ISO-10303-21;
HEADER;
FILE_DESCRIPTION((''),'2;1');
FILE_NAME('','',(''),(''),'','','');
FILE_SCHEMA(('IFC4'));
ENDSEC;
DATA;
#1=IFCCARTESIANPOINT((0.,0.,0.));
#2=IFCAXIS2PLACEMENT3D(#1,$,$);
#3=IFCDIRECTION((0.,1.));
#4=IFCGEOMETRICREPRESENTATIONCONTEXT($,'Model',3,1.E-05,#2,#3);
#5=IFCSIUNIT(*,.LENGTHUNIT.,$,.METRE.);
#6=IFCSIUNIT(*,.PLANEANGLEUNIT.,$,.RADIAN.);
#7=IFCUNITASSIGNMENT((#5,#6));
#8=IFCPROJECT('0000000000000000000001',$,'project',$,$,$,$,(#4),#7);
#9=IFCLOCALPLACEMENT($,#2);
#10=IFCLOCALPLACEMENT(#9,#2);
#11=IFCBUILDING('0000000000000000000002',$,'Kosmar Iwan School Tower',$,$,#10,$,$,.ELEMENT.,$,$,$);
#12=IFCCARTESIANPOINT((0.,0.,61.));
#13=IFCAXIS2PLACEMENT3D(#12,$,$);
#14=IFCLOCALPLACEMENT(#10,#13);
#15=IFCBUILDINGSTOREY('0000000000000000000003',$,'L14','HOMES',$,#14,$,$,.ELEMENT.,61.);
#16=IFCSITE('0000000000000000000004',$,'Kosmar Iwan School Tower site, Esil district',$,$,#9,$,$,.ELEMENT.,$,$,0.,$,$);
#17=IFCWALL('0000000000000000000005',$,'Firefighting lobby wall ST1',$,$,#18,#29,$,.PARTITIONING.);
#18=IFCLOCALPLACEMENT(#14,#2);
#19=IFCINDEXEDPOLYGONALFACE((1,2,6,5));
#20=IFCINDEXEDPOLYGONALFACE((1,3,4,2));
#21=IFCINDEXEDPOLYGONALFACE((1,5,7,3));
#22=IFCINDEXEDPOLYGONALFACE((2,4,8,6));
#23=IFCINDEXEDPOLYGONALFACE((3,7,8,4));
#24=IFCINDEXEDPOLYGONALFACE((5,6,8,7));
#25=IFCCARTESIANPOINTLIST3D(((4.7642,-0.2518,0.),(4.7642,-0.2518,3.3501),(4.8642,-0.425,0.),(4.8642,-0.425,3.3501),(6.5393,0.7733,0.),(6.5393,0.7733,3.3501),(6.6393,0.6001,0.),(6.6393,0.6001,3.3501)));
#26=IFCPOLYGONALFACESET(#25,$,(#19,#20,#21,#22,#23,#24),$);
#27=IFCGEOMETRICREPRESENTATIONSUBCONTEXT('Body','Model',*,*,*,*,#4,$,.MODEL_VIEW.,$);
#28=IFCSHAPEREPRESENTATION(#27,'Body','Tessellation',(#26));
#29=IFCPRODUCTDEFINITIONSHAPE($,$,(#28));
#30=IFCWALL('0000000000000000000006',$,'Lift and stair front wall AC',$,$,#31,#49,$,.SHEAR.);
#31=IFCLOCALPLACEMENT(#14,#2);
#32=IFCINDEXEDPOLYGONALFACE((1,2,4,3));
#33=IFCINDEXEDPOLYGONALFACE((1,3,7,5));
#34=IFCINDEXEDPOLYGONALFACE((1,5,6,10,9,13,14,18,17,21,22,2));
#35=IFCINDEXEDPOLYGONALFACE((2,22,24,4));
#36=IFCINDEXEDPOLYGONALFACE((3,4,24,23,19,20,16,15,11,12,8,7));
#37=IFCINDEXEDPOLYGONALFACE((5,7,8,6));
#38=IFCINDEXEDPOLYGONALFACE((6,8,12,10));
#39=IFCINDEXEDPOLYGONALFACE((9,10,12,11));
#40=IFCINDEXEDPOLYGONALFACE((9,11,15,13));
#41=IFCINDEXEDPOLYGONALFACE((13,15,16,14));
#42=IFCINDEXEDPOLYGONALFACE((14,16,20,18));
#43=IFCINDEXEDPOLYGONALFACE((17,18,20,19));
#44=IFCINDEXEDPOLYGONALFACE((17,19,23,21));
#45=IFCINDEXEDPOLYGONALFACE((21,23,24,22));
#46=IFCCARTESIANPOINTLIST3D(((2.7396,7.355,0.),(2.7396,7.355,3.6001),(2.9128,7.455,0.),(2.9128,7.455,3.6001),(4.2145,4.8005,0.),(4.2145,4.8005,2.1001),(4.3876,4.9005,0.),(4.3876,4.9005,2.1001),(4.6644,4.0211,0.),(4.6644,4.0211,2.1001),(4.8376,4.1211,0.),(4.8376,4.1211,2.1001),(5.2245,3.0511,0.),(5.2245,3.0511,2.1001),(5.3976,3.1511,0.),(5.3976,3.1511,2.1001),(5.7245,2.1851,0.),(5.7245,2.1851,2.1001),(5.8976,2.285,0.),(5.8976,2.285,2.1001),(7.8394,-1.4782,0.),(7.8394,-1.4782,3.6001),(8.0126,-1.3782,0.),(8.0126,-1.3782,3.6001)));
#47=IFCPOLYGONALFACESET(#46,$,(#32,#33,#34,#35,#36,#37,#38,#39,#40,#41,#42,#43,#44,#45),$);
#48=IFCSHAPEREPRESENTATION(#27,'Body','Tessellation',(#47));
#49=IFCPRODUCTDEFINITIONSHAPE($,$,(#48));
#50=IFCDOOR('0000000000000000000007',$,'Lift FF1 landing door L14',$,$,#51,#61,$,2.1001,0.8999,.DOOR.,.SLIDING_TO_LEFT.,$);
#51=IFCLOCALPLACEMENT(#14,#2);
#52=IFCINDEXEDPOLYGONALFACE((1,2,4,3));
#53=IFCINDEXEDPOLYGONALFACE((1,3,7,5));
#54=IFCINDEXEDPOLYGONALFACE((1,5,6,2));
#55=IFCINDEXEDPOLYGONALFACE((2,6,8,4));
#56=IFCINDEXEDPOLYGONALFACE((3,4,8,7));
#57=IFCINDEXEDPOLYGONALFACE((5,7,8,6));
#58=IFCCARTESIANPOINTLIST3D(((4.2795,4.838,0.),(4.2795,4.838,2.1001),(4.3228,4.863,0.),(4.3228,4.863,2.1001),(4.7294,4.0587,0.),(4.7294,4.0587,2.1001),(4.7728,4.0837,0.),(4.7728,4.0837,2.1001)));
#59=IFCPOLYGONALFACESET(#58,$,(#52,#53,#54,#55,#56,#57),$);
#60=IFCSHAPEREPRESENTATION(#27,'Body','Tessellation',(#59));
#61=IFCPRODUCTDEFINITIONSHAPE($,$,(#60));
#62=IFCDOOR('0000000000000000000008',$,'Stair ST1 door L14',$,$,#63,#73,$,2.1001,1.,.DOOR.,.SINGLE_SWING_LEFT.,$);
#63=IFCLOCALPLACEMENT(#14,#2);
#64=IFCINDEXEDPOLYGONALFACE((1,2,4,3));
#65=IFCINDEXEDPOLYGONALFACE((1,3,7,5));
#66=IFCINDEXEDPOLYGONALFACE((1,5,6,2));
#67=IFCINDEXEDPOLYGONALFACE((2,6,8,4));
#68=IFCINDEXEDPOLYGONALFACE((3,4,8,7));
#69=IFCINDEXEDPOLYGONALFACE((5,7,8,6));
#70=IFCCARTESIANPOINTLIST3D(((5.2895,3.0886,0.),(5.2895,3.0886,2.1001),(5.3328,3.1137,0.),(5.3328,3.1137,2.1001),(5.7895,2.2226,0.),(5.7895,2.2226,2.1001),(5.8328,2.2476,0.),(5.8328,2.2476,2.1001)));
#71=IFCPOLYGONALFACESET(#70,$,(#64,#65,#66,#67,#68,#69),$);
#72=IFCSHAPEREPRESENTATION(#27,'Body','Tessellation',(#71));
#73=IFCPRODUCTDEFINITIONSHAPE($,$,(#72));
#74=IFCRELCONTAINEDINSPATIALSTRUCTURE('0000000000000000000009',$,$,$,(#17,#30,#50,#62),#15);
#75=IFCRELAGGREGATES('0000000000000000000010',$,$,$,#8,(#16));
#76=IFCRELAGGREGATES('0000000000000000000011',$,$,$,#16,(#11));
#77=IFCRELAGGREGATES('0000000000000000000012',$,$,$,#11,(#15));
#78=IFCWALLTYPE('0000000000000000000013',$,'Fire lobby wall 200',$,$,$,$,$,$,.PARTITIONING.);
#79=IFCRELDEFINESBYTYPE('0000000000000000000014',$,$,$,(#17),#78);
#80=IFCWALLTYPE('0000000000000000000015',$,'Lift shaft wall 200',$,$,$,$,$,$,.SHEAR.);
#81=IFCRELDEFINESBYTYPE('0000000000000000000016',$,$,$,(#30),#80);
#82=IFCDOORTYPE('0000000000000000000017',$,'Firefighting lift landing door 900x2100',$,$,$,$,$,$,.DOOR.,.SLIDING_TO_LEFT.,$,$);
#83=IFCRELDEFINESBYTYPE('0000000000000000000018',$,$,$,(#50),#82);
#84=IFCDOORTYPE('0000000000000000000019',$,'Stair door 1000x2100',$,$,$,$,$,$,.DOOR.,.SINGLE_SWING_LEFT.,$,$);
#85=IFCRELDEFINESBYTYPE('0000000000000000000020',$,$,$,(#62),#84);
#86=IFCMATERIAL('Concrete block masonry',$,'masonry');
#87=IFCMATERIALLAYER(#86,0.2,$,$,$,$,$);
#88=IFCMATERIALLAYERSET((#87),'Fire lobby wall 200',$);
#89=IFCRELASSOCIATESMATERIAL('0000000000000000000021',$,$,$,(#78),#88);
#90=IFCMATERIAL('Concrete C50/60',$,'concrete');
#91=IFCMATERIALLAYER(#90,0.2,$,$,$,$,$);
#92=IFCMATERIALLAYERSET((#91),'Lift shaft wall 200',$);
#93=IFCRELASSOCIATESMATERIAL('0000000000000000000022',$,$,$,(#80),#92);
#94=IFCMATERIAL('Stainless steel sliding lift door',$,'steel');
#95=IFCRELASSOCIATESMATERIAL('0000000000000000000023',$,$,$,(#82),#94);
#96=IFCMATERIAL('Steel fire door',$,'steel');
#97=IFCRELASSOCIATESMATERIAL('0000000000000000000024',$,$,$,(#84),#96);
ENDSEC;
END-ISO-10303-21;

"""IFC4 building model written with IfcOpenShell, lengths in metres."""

from ifc_helpers import new_model, si_unit, direction, frame, frame_2d, origin, place, context, subcontext, project, spatial, rectangle, extrude, material, layer, layer_set, type_object, element, fill, save


model = new_model("IFC4")

# Units and contexts
model_context = context("Model", 3, precision=1e-05, world=origin(), true_north=direction((0.0, 1.0)))
body_context = subcontext(model_context, "Body", "Model", "MODEL_VIEW")
ifc_project = project(units=[si_unit("LENGTHUNIT", "METRE"), si_unit("PLANEANGLEUNIT", "RADIAN")], contexts=[model_context])

# Site, building, storey
site_placement = place(None, origin())
site = spatial("IfcSite", under=ifc_project, at=site_placement, Name="Kosmar Iwan School Tower site, Esil district", CompositionType="ELEMENT", RefElevation=0.0)
building_placement = place(site_placement, origin())
building = spatial("IfcBuilding", under=site, at=building_placement, Name="Kosmar Iwan School Tower", CompositionType="ELEMENT")
storey_placement = place(building_placement, frame((0.0, 0.0, 61.0)))
storey = spatial("IfcBuildingStorey", under=building, at=storey_placement, Name="L14", Description="HOMES", CompositionType="ELEMENT", Elevation=61.0)

# Shared definitions
ifc_material_1 = material(Name="Concrete block masonry", Category="masonry")
ifc_layer_1 = layer(ifc_material_1, 0.2)
ifc_layer_set_1 = layer_set([ifc_layer_1], Name="Fire lobby wall 200")
wall_type_1 = type_object("IfcWallType", Name="Fire lobby wall 200", PredefinedType="PARTITIONING", material=ifc_layer_set_1)

# Wall
wall_1_placement = place(storey_placement, frame((4.8142, -0.3384, 0.0), z_axis=(0.0, 0.0, 1.0), x_axis=(0.865969, 0.500097, 0.0)))
element("IfcWall", 1, at=wall_1_placement, inside=storey, type_object=wall_type_1, Name="Firefighting lobby wall ST1", PredefinedType="PARTITIONING", context=body_context, shape_type="SweptSolid", body=[
    extrude(rectangle(XDim=2.0498, YDim=0.2, at=frame_2d((1.0249, 0.0))), origin(), (0.0, 0.0, 1.0), 3.3501),
])

# Wall, openings, doors
ifc_material_2 = material(Name="Concrete C50/60", Category="concrete")
ifc_layer_2 = layer(ifc_material_2, 0.2)
ifc_layer_set_2 = layer_set([ifc_layer_2], Name="Lift shaft wall 200")
wall_type_2 = type_object("IfcWallType", Name="Lift shaft wall 200", PredefinedType="SHEAR", material=ifc_layer_set_2)
wall_2_placement = place(storey_placement, frame((7.926, -1.4282, 0.0), z_axis=(0.0, 0.0, 1.0), x_axis=(-0.499998, 0.866027, 0.0)))
wall_2 = element("IfcWall", 2, at=wall_2_placement, inside=storey, type_object=wall_type_2, Name="Lift and stair front wall AC", PredefinedType="SHEAR", context=body_context, shape_type="SweptSolid", body=[
    extrude(rectangle(XDim=10.1997, YDim=0.2, at=frame_2d((5.0999, 0.0))), origin(), (0.0, 0.0, 1.0), 3.6001),
])
opening_1_placement = place(wall_2_placement, frame((6.3501, 0.0, 0.0)))
opening_1 = element("IfcOpeningElement", 3, at=opening_1_placement, cuts=wall_2, PredefinedType="OPENING", context=body_context, shape_type="SweptSolid", body=[
    extrude(rectangle(XDim=0.8999, YDim=2.1001, at=frame_2d((0.45, 1.05))), frame((0.0, 0.1121, 0.0), z_axis=(0.0, -1.0, 0.0), x_axis=(1.0, 0.0, 0.0)), (0.0, 0.0, 1.0), 0.2239),
])
opening_2_placement = place(wall_2_placement, frame((4.23, 0.0, 0.0)))
opening_2 = element("IfcOpeningElement", 4, at=opening_2_placement, cuts=wall_2, PredefinedType="OPENING", context=body_context, shape_type="SweptSolid", body=[
    extrude(rectangle(XDim=1.0, YDim=2.1001, at=frame_2d((0.5, 1.05))), frame((0.0, 0.1121, 0.0), z_axis=(0.0, -1.0, 0.0), x_axis=(1.0, 0.0, 0.0)), (0.0, 0.0, 1.0), 0.2239),
])
ifc_material_3 = material(Name="Stainless steel sliding lift door", Category="steel")
door_type_1 = type_object("IfcDoorType", Name="Firefighting lift landing door 900x2100", OperationType="SLIDING_TO_LEFT", PredefinedType="DOOR", material=ifc_material_3)
door_1_placement = place(opening_1_placement, origin())
door_1 = element("IfcDoor", 5, at=door_1_placement, inside=storey, type_object=door_type_1, Name="Lift FF1 landing door L14", OperationType="SLIDING_TO_LEFT", OverallHeight=2.1001, OverallWidth=0.8999, PredefinedType="DOOR", context=body_context, shape_type="SweptSolid", body=[
    extrude(rectangle(XDim=0.8999, YDim=2.1001, at=frame_2d((0.45, 1.05))), frame((0.0, 0.0249, 0.0), z_axis=(0.0, -1.0, 0.0), x_axis=(1.0, 0.0, 0.0)), (0.0, 0.0, 1.0), 0.05),
])
fill(opening_1, door_1)
ifc_material_4 = material(Name="Steel fire door", Category="steel")
door_type_2 = type_object("IfcDoorType", Name="Stair door 1000x2100", OperationType="SINGLE_SWING_LEFT", PredefinedType="DOOR", material=ifc_material_4)
door_2_placement = place(opening_2_placement, origin())
door_2 = element("IfcDoor", 6, at=door_2_placement, inside=storey, type_object=door_type_2, Name="Stair ST1 door L14", OperationType="SINGLE_SWING_LEFT", OverallHeight=2.1001, OverallWidth=1.0, PredefinedType="DOOR", context=body_context, shape_type="SweptSolid", body=[
    extrude(rectangle(XDim=1.0, YDim=2.1001, at=frame_2d((0.5, 1.05))), frame((0.0, 0.0249, 0.0), z_axis=(0.0, -1.0, 0.0), x_axis=(1.0, 0.0, 0.0)), (0.0, 0.0, 1.0), 0.05),
])
fill(opening_2, door_2)

save(model, "model.ifc")
